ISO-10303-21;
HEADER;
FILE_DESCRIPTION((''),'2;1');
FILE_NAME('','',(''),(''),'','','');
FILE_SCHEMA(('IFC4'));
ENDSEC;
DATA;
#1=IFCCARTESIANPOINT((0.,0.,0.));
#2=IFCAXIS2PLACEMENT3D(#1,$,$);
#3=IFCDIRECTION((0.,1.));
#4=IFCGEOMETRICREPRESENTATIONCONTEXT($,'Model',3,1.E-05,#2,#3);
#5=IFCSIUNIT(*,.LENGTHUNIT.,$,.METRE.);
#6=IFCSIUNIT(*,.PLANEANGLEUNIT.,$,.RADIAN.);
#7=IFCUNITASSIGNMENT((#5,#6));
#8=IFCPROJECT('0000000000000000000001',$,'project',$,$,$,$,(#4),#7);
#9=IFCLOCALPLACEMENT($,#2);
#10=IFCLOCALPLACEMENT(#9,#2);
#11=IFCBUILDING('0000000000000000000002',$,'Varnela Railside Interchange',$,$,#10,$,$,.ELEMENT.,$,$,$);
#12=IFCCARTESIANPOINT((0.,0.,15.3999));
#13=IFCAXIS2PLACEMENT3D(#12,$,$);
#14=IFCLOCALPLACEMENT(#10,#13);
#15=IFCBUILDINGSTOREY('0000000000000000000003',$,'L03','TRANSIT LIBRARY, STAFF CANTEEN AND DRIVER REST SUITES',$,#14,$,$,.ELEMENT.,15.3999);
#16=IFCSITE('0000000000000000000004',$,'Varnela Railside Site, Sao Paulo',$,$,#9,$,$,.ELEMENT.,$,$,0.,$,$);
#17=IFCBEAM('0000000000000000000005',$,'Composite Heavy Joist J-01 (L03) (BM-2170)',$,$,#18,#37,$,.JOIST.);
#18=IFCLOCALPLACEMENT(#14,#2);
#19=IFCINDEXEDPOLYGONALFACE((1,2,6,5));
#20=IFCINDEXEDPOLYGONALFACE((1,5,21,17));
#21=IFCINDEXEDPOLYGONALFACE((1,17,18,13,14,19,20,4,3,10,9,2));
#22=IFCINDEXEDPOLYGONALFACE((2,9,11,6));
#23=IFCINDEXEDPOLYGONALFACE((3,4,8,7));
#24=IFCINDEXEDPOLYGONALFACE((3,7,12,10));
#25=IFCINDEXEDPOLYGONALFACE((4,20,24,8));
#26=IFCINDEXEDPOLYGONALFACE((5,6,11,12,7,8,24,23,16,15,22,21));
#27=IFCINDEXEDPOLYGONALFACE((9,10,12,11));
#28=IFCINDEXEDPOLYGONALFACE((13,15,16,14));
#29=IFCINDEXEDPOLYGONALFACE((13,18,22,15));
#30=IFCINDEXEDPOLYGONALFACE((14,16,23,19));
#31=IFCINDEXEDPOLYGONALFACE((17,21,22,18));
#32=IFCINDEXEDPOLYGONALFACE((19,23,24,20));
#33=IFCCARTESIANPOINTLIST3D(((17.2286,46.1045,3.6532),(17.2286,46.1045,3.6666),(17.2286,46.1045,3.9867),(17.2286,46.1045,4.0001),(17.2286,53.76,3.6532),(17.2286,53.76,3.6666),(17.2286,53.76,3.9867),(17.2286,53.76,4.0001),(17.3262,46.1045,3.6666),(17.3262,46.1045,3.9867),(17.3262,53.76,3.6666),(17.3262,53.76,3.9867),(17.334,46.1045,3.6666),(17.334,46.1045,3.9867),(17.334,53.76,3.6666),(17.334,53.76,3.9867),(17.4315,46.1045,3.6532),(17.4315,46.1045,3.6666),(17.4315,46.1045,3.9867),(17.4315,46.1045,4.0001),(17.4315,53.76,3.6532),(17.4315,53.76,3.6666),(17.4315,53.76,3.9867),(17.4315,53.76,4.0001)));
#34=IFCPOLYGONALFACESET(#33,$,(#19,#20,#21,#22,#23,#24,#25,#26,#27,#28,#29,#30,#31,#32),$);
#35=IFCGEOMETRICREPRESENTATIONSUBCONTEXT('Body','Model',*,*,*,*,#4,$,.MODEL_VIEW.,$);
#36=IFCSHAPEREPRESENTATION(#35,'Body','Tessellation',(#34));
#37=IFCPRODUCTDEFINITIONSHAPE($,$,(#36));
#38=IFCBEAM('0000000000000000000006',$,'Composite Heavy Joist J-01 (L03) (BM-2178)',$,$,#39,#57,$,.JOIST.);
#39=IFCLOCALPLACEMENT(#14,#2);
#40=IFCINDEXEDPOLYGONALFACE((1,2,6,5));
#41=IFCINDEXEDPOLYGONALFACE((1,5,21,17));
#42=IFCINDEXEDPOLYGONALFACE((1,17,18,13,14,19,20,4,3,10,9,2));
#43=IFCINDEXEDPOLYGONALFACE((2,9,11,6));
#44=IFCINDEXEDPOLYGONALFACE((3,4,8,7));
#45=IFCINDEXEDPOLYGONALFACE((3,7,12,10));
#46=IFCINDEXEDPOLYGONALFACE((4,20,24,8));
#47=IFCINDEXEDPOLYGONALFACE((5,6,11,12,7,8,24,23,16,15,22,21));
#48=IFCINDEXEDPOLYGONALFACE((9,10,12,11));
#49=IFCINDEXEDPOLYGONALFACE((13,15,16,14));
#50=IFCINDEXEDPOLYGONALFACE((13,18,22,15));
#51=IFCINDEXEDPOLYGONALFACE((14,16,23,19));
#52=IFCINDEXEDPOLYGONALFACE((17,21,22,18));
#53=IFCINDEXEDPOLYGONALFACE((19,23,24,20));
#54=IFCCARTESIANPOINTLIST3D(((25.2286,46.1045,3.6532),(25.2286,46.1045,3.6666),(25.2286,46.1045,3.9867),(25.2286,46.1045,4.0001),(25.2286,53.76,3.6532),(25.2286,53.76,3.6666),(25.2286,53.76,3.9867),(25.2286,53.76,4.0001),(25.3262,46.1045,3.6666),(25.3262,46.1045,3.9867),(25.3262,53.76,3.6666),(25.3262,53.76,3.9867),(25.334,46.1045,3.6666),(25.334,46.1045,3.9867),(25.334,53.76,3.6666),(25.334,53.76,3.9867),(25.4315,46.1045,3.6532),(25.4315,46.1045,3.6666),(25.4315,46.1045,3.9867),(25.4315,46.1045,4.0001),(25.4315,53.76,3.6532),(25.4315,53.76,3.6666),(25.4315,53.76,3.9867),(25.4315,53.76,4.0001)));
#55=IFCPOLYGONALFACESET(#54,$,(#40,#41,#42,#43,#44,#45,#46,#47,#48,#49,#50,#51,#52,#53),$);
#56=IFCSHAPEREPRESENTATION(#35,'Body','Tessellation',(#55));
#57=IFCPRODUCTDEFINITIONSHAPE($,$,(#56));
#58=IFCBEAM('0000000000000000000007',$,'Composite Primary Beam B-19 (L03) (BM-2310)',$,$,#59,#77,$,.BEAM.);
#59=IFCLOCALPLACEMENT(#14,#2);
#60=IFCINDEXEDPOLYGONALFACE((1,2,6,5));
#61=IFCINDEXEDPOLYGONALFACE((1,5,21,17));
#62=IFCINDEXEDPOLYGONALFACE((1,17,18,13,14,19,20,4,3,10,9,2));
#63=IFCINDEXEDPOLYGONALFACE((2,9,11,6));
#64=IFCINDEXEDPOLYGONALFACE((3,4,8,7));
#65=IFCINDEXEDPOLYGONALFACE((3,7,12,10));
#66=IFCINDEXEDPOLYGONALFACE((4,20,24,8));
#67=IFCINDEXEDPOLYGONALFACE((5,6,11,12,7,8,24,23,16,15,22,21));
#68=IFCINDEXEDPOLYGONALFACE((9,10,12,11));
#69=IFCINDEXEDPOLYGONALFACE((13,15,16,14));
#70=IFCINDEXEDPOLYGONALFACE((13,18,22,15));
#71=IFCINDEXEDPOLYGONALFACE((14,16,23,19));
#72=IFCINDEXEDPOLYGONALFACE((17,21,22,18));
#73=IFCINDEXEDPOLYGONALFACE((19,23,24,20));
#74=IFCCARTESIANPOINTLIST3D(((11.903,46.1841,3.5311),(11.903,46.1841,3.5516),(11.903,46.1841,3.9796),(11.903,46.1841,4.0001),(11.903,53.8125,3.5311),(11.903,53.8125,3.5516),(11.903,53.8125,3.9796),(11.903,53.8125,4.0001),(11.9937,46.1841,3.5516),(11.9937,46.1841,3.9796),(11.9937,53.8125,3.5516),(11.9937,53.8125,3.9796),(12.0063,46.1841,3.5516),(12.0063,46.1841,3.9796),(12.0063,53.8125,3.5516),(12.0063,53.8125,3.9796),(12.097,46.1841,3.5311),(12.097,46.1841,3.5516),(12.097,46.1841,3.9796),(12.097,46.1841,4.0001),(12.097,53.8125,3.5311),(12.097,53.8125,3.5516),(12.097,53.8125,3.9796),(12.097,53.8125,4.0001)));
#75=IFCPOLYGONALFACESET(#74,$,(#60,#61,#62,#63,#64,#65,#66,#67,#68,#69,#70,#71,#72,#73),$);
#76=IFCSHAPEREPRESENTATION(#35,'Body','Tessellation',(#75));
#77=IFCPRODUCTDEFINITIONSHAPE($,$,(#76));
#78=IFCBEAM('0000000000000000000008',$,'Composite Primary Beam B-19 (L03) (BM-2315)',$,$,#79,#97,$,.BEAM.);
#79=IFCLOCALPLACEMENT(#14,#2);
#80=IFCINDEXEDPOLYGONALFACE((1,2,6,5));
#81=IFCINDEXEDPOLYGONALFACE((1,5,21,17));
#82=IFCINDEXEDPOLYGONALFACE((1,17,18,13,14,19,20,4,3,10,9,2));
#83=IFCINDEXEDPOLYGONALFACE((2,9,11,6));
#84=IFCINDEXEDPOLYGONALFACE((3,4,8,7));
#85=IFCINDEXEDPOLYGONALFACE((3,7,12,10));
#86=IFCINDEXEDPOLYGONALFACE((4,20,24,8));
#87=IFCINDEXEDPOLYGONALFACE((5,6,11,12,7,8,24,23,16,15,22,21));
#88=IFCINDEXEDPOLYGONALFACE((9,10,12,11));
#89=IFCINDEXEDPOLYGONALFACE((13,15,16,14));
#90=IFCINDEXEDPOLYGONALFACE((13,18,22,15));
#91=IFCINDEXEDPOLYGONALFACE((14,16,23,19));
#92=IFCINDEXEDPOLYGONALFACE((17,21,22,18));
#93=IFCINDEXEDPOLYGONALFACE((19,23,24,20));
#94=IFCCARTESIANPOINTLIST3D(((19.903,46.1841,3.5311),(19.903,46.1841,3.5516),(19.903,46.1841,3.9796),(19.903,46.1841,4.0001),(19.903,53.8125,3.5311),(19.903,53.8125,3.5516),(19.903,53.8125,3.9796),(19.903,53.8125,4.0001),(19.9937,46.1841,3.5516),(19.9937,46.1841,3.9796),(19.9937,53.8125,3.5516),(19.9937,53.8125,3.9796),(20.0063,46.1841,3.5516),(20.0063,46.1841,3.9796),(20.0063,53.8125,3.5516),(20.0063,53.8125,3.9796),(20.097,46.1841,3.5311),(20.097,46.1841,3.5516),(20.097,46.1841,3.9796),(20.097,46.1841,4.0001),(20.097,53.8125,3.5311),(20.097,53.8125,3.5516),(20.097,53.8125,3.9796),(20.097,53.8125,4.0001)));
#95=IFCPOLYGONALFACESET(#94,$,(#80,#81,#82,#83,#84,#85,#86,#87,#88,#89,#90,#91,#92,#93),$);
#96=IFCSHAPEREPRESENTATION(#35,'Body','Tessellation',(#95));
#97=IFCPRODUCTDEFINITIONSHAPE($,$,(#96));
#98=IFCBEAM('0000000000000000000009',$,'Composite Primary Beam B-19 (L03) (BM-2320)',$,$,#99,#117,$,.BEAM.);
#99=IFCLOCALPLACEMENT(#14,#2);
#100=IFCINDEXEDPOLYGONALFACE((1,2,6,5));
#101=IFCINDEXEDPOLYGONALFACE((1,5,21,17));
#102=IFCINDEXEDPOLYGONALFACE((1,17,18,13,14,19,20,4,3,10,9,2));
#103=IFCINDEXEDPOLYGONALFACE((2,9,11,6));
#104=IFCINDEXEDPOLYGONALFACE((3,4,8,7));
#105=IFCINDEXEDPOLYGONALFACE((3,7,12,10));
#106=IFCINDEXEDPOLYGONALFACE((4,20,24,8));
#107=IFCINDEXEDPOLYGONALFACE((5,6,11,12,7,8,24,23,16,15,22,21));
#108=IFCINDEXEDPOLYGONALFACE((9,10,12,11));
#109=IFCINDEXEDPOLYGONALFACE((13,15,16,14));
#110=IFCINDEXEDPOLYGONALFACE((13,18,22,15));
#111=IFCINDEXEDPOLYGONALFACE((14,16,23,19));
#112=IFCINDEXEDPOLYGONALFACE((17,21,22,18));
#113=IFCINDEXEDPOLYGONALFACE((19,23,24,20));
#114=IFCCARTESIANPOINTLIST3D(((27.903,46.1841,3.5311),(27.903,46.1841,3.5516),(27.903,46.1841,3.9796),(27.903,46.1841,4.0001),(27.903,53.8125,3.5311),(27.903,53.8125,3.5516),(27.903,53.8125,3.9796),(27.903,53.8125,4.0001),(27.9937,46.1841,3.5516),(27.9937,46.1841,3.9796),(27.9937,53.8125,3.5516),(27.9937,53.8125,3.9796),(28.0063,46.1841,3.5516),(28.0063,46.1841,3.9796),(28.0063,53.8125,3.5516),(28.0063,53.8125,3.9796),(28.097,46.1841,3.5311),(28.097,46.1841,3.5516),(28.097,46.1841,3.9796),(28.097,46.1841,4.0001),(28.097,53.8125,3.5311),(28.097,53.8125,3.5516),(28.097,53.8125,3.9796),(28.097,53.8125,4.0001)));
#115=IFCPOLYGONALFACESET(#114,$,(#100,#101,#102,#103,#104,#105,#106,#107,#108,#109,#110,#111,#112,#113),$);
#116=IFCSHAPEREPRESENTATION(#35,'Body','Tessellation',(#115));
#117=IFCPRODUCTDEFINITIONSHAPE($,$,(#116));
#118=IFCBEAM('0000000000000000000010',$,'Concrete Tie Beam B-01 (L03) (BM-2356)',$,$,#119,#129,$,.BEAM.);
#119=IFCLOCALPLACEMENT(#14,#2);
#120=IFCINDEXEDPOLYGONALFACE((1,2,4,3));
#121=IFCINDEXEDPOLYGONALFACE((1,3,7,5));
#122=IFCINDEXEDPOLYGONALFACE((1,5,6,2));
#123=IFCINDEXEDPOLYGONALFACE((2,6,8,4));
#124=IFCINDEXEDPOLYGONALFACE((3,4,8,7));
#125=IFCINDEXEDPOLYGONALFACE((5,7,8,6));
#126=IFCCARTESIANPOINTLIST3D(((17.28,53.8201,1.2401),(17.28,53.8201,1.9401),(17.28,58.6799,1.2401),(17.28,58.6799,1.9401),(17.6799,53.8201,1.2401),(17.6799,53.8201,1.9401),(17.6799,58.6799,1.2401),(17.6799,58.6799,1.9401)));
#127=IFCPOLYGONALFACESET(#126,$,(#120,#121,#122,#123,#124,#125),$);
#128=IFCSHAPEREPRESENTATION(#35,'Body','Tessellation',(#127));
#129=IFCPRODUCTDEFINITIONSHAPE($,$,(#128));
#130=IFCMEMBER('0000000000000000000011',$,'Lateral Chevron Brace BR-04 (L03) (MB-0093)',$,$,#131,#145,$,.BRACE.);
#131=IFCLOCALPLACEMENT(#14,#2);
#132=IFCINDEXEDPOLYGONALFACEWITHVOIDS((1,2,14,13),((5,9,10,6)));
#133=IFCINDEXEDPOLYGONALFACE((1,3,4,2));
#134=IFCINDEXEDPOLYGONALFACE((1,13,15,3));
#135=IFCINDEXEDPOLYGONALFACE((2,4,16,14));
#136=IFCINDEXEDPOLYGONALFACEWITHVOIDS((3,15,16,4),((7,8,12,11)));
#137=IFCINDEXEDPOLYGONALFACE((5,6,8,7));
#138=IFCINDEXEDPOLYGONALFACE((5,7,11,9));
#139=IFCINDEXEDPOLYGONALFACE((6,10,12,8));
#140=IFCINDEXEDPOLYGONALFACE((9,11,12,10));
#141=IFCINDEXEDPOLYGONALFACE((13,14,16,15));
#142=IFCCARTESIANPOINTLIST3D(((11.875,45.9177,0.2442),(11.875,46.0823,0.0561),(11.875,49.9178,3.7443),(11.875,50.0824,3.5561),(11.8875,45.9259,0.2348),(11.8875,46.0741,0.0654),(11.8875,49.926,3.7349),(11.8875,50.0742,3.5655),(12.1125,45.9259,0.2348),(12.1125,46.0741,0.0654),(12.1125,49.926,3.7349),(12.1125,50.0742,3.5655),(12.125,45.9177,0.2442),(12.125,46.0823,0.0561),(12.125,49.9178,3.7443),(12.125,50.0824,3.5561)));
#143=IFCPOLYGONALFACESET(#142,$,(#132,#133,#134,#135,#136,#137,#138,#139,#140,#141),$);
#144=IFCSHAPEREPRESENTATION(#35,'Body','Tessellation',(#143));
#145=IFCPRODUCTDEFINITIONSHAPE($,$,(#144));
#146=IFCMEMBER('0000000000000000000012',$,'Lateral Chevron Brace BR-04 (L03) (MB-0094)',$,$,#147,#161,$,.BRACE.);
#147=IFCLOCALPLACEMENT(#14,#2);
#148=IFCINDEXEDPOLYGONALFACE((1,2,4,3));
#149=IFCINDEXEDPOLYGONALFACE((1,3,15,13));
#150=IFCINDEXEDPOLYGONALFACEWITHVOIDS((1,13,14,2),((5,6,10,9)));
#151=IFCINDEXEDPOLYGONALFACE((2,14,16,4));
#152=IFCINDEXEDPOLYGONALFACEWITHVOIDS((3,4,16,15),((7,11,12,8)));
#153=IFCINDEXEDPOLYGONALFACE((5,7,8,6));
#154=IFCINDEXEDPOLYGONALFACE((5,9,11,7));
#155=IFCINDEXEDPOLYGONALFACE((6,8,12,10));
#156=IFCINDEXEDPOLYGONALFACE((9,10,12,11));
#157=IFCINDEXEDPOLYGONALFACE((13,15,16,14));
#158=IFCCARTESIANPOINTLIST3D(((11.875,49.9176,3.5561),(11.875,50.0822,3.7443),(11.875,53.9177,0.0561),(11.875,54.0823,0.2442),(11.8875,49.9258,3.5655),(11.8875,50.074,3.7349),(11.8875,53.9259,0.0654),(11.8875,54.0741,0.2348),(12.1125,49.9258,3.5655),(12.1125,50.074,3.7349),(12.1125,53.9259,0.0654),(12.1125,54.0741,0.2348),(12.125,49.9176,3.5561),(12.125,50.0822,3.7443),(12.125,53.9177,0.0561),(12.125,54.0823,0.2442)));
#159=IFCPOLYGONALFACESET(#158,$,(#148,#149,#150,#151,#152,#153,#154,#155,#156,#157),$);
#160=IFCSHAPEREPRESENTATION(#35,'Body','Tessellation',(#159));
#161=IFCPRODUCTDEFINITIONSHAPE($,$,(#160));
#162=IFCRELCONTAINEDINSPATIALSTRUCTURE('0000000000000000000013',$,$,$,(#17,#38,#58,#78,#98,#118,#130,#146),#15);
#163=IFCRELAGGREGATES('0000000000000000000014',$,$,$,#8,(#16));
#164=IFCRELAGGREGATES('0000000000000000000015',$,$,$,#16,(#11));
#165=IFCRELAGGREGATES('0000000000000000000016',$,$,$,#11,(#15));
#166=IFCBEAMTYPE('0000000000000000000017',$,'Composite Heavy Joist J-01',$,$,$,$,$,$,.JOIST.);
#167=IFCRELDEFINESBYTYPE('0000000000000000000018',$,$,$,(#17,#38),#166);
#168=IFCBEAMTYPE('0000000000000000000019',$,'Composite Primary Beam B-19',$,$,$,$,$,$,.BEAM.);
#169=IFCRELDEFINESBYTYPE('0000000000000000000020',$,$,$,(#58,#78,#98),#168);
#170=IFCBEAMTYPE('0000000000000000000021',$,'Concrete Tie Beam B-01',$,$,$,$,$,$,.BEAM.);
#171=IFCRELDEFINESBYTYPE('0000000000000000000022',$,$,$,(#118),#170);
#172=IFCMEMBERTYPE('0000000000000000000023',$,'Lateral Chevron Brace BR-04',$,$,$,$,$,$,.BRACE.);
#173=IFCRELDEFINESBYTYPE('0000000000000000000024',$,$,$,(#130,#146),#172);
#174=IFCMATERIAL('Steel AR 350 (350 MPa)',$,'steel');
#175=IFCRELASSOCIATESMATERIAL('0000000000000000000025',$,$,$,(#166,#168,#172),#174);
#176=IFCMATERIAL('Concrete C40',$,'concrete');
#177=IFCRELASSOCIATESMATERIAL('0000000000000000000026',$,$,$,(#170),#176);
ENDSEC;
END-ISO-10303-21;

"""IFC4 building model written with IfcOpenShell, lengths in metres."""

from ifc_helpers import new_model, si_unit, direction, frame, origin, origin_2d, place, context, subcontext, project, spatial, rectangle, hollow_rectangle, i_section, extrude, material, material_profile, profile_set, type_object, element, save


model = new_model("IFC4")

# Units and contexts
model_context = context("Model", 3, precision=1e-05, world=origin(), true_north=direction((0.0, 1.0)))
body_context = subcontext(model_context, "Body", "Model", "MODEL_VIEW")
ifc_project = project(units=[si_unit("LENGTHUNIT", "METRE"), si_unit("PLANEANGLEUNIT", "RADIAN")], contexts=[model_context])

# Site, building, storey
site_placement = place(None, origin())
site = spatial("IfcSite", under=ifc_project, at=site_placement, Name="Varnela Railside Site, Sao Paulo", CompositionType="ELEMENT", RefElevation=0.0)
building_placement = place(site_placement, origin())
building = spatial("IfcBuilding", under=site, at=building_placement, Name="Varnela Railside Interchange", CompositionType="ELEMENT")
storey_placement = place(building_placement, frame((0.0, 0.0, 15.3999)))
storey = spatial("IfcBuildingStorey", under=building, at=storey_placement, Name="L03", Description="TRANSIT LIBRARY, STAFF CANTEEN AND DRIVER REST SUITES", CompositionType="ELEMENT", Elevation=15.3999)

# Shared definitions
ifc_material_1 = material(Name="Steel AR 350 (350 MPa)", Category="steel")

# Beams
ifc_material_profile_1 = material_profile(ifc_material_1, i_section(OverallWidth=0.2029, OverallDepth=0.3469, WebThickness=0.0078, FlangeThickness=0.0134, at=origin_2d()), Name="W360x64")
ifc_profile_set_1 = profile_set([ifc_material_profile_1], Name="Steel AR 350 (350 MPa)")
beam_type_1 = type_object("IfcBeamType", Name="Composite Heavy Joist J-01", PredefinedType="JOIST", material=ifc_profile_set_1)
for number, where, z_axis, x_axis, name in (
    (1, (17.3301, 46.1045, 3.8267), (0.0, 1.0, 0.0), (-1.0, 0.0, 0.0), "Composite Heavy Joist J-01 (L03) (BM-2170)"),
    (2, (25.3301, 46.1045, 3.8267), (0.0, 1.0, 0.0), (-1.0, 0.0, 0.0), "Composite Heavy Joist J-01 (L03) (BM-2178)"),
):
    element("IfcBeam", number, at=place(storey_placement, frame(where, z_axis=z_axis, x_axis=x_axis)), inside=storey, type_object=beam_type_1, Name=name, PredefinedType="JOIST", context=body_context, shape_type="SweptSolid", body=[
        extrude(i_section(OverallWidth=0.2029, OverallDepth=0.3469, WebThickness=0.0078, FlangeThickness=0.0134, at=origin_2d()), origin(), (0.0, 0.0, 1.0), 7.6555),
    ])
ifc_material_profile_2 = material_profile(ifc_material_1, i_section(OverallWidth=0.1941, OverallDepth=0.469, WebThickness=0.0127, FlangeThickness=0.0205, at=origin_2d()), Name="W460x106")
ifc_profile_set_2 = profile_set([ifc_material_profile_2], Name="Steel AR 350 (350 MPa)")
beam_type_2 = type_object("IfcBeamType", Name="Composite Primary Beam B-19", PredefinedType="BEAM", material=ifc_profile_set_2)
for number, where, z_axis, x_axis, name in (
    (3, (12.0, 46.1841, 3.7656), (0.0, 1.0, 0.0), (-1.0, 0.0, 0.0), "Composite Primary Beam B-19 (L03) (BM-2310)"),
    (4, (20.0, 46.1841, 3.7656), (0.0, 1.0, 0.0), (-1.0, 0.0, 0.0), "Composite Primary Beam B-19 (L03) (BM-2315)"),
    (5, (28.0, 46.1841, 3.7656), (0.0, 1.0, 0.0), (-1.0, 0.0, 0.0), "Composite Primary Beam B-19 (L03) (BM-2320)"),
):
    element("IfcBeam", number, at=place(storey_placement, frame(where, z_axis=z_axis, x_axis=x_axis)), inside=storey, type_object=beam_type_2, Name=name, PredefinedType="BEAM", context=body_context, shape_type="SweptSolid", body=[
        extrude(i_section(OverallWidth=0.1941, OverallDepth=0.469, WebThickness=0.0127, FlangeThickness=0.0205, at=origin_2d()), origin(), (0.0, 0.0, 1.0), 7.6284),
    ])
ifc_material_2 = material(Name="Concrete C40", Category="concrete")
ifc_material_profile_3 = material_profile(ifc_material_2, rectangle(XDim=0.3999, YDim=0.7, at=origin_2d()), Name="RC 400x700")
ifc_profile_set_3 = profile_set([ifc_material_profile_3], Name="Concrete C40")
beam_type_3 = type_object("IfcBeamType", Name="Concrete Tie Beam B-01", PredefinedType="BEAM", material=ifc_profile_set_3)
beam_placement = place(storey_placement, frame((17.48, 53.8201, 1.5901), z_axis=(0.0, 1.0, 0.0), x_axis=(-1.0, 0.0, 0.0)))
element("IfcBeam", 6, at=beam_placement, inside=storey, type_object=beam_type_3, Name="Concrete Tie Beam B-01 (L03) (BM-2356)", PredefinedType="BEAM", context=body_context, shape_type="SweptSolid", body=[
    extrude(rectangle(XDim=0.3999, YDim=0.7, at=origin_2d()), origin(), (0.0, 0.0, 1.0), 4.8599),
])

# Members
ifc_material_profile_4 = material_profile(ifc_material_1, hollow_rectangle(XDim=0.25, YDim=0.25, WallThickness=0.0125, at=origin_2d()), Name="HSS 250x250x12.5")
ifc_profile_set_4 = profile_set([ifc_material_profile_4], Name="Steel AR 350 (350 MPa)")
member_type_1 = type_object("IfcMemberType", Name="Lateral Chevron Brace BR-04", PredefinedType="BRACE", material=ifc_profile_set_4)
for number, where, z_axis, x_axis, name in (
    (7, (12.0, 46.0, 0.1501), (0.0, 0.752577, 0.658505), (-1.0, 0.0, 0.0), "Lateral Chevron Brace BR-04 (L03) (MB-0093)"),
    (8, (12.0, 54.0, 0.1501), (0.0, -0.752577, 0.658505), (1.0, 0.0, 0.0), "Lateral Chevron Brace BR-04 (L03) (MB-0094)"),
):
    element("IfcMember", number, at=place(storey_placement, frame(where, z_axis=z_axis, x_axis=x_axis)), inside=storey, type_object=member_type_1, Name=name, PredefinedType="BRACE", context=body_context, shape_type="SweptSolid", body=[
        extrude(hollow_rectangle(XDim=0.25, YDim=0.25, WallThickness=0.0125, at=origin_2d()), origin(), (0.0, 0.0, 1.0), 5.3152),
    ])

save(model, "model.ifc")
